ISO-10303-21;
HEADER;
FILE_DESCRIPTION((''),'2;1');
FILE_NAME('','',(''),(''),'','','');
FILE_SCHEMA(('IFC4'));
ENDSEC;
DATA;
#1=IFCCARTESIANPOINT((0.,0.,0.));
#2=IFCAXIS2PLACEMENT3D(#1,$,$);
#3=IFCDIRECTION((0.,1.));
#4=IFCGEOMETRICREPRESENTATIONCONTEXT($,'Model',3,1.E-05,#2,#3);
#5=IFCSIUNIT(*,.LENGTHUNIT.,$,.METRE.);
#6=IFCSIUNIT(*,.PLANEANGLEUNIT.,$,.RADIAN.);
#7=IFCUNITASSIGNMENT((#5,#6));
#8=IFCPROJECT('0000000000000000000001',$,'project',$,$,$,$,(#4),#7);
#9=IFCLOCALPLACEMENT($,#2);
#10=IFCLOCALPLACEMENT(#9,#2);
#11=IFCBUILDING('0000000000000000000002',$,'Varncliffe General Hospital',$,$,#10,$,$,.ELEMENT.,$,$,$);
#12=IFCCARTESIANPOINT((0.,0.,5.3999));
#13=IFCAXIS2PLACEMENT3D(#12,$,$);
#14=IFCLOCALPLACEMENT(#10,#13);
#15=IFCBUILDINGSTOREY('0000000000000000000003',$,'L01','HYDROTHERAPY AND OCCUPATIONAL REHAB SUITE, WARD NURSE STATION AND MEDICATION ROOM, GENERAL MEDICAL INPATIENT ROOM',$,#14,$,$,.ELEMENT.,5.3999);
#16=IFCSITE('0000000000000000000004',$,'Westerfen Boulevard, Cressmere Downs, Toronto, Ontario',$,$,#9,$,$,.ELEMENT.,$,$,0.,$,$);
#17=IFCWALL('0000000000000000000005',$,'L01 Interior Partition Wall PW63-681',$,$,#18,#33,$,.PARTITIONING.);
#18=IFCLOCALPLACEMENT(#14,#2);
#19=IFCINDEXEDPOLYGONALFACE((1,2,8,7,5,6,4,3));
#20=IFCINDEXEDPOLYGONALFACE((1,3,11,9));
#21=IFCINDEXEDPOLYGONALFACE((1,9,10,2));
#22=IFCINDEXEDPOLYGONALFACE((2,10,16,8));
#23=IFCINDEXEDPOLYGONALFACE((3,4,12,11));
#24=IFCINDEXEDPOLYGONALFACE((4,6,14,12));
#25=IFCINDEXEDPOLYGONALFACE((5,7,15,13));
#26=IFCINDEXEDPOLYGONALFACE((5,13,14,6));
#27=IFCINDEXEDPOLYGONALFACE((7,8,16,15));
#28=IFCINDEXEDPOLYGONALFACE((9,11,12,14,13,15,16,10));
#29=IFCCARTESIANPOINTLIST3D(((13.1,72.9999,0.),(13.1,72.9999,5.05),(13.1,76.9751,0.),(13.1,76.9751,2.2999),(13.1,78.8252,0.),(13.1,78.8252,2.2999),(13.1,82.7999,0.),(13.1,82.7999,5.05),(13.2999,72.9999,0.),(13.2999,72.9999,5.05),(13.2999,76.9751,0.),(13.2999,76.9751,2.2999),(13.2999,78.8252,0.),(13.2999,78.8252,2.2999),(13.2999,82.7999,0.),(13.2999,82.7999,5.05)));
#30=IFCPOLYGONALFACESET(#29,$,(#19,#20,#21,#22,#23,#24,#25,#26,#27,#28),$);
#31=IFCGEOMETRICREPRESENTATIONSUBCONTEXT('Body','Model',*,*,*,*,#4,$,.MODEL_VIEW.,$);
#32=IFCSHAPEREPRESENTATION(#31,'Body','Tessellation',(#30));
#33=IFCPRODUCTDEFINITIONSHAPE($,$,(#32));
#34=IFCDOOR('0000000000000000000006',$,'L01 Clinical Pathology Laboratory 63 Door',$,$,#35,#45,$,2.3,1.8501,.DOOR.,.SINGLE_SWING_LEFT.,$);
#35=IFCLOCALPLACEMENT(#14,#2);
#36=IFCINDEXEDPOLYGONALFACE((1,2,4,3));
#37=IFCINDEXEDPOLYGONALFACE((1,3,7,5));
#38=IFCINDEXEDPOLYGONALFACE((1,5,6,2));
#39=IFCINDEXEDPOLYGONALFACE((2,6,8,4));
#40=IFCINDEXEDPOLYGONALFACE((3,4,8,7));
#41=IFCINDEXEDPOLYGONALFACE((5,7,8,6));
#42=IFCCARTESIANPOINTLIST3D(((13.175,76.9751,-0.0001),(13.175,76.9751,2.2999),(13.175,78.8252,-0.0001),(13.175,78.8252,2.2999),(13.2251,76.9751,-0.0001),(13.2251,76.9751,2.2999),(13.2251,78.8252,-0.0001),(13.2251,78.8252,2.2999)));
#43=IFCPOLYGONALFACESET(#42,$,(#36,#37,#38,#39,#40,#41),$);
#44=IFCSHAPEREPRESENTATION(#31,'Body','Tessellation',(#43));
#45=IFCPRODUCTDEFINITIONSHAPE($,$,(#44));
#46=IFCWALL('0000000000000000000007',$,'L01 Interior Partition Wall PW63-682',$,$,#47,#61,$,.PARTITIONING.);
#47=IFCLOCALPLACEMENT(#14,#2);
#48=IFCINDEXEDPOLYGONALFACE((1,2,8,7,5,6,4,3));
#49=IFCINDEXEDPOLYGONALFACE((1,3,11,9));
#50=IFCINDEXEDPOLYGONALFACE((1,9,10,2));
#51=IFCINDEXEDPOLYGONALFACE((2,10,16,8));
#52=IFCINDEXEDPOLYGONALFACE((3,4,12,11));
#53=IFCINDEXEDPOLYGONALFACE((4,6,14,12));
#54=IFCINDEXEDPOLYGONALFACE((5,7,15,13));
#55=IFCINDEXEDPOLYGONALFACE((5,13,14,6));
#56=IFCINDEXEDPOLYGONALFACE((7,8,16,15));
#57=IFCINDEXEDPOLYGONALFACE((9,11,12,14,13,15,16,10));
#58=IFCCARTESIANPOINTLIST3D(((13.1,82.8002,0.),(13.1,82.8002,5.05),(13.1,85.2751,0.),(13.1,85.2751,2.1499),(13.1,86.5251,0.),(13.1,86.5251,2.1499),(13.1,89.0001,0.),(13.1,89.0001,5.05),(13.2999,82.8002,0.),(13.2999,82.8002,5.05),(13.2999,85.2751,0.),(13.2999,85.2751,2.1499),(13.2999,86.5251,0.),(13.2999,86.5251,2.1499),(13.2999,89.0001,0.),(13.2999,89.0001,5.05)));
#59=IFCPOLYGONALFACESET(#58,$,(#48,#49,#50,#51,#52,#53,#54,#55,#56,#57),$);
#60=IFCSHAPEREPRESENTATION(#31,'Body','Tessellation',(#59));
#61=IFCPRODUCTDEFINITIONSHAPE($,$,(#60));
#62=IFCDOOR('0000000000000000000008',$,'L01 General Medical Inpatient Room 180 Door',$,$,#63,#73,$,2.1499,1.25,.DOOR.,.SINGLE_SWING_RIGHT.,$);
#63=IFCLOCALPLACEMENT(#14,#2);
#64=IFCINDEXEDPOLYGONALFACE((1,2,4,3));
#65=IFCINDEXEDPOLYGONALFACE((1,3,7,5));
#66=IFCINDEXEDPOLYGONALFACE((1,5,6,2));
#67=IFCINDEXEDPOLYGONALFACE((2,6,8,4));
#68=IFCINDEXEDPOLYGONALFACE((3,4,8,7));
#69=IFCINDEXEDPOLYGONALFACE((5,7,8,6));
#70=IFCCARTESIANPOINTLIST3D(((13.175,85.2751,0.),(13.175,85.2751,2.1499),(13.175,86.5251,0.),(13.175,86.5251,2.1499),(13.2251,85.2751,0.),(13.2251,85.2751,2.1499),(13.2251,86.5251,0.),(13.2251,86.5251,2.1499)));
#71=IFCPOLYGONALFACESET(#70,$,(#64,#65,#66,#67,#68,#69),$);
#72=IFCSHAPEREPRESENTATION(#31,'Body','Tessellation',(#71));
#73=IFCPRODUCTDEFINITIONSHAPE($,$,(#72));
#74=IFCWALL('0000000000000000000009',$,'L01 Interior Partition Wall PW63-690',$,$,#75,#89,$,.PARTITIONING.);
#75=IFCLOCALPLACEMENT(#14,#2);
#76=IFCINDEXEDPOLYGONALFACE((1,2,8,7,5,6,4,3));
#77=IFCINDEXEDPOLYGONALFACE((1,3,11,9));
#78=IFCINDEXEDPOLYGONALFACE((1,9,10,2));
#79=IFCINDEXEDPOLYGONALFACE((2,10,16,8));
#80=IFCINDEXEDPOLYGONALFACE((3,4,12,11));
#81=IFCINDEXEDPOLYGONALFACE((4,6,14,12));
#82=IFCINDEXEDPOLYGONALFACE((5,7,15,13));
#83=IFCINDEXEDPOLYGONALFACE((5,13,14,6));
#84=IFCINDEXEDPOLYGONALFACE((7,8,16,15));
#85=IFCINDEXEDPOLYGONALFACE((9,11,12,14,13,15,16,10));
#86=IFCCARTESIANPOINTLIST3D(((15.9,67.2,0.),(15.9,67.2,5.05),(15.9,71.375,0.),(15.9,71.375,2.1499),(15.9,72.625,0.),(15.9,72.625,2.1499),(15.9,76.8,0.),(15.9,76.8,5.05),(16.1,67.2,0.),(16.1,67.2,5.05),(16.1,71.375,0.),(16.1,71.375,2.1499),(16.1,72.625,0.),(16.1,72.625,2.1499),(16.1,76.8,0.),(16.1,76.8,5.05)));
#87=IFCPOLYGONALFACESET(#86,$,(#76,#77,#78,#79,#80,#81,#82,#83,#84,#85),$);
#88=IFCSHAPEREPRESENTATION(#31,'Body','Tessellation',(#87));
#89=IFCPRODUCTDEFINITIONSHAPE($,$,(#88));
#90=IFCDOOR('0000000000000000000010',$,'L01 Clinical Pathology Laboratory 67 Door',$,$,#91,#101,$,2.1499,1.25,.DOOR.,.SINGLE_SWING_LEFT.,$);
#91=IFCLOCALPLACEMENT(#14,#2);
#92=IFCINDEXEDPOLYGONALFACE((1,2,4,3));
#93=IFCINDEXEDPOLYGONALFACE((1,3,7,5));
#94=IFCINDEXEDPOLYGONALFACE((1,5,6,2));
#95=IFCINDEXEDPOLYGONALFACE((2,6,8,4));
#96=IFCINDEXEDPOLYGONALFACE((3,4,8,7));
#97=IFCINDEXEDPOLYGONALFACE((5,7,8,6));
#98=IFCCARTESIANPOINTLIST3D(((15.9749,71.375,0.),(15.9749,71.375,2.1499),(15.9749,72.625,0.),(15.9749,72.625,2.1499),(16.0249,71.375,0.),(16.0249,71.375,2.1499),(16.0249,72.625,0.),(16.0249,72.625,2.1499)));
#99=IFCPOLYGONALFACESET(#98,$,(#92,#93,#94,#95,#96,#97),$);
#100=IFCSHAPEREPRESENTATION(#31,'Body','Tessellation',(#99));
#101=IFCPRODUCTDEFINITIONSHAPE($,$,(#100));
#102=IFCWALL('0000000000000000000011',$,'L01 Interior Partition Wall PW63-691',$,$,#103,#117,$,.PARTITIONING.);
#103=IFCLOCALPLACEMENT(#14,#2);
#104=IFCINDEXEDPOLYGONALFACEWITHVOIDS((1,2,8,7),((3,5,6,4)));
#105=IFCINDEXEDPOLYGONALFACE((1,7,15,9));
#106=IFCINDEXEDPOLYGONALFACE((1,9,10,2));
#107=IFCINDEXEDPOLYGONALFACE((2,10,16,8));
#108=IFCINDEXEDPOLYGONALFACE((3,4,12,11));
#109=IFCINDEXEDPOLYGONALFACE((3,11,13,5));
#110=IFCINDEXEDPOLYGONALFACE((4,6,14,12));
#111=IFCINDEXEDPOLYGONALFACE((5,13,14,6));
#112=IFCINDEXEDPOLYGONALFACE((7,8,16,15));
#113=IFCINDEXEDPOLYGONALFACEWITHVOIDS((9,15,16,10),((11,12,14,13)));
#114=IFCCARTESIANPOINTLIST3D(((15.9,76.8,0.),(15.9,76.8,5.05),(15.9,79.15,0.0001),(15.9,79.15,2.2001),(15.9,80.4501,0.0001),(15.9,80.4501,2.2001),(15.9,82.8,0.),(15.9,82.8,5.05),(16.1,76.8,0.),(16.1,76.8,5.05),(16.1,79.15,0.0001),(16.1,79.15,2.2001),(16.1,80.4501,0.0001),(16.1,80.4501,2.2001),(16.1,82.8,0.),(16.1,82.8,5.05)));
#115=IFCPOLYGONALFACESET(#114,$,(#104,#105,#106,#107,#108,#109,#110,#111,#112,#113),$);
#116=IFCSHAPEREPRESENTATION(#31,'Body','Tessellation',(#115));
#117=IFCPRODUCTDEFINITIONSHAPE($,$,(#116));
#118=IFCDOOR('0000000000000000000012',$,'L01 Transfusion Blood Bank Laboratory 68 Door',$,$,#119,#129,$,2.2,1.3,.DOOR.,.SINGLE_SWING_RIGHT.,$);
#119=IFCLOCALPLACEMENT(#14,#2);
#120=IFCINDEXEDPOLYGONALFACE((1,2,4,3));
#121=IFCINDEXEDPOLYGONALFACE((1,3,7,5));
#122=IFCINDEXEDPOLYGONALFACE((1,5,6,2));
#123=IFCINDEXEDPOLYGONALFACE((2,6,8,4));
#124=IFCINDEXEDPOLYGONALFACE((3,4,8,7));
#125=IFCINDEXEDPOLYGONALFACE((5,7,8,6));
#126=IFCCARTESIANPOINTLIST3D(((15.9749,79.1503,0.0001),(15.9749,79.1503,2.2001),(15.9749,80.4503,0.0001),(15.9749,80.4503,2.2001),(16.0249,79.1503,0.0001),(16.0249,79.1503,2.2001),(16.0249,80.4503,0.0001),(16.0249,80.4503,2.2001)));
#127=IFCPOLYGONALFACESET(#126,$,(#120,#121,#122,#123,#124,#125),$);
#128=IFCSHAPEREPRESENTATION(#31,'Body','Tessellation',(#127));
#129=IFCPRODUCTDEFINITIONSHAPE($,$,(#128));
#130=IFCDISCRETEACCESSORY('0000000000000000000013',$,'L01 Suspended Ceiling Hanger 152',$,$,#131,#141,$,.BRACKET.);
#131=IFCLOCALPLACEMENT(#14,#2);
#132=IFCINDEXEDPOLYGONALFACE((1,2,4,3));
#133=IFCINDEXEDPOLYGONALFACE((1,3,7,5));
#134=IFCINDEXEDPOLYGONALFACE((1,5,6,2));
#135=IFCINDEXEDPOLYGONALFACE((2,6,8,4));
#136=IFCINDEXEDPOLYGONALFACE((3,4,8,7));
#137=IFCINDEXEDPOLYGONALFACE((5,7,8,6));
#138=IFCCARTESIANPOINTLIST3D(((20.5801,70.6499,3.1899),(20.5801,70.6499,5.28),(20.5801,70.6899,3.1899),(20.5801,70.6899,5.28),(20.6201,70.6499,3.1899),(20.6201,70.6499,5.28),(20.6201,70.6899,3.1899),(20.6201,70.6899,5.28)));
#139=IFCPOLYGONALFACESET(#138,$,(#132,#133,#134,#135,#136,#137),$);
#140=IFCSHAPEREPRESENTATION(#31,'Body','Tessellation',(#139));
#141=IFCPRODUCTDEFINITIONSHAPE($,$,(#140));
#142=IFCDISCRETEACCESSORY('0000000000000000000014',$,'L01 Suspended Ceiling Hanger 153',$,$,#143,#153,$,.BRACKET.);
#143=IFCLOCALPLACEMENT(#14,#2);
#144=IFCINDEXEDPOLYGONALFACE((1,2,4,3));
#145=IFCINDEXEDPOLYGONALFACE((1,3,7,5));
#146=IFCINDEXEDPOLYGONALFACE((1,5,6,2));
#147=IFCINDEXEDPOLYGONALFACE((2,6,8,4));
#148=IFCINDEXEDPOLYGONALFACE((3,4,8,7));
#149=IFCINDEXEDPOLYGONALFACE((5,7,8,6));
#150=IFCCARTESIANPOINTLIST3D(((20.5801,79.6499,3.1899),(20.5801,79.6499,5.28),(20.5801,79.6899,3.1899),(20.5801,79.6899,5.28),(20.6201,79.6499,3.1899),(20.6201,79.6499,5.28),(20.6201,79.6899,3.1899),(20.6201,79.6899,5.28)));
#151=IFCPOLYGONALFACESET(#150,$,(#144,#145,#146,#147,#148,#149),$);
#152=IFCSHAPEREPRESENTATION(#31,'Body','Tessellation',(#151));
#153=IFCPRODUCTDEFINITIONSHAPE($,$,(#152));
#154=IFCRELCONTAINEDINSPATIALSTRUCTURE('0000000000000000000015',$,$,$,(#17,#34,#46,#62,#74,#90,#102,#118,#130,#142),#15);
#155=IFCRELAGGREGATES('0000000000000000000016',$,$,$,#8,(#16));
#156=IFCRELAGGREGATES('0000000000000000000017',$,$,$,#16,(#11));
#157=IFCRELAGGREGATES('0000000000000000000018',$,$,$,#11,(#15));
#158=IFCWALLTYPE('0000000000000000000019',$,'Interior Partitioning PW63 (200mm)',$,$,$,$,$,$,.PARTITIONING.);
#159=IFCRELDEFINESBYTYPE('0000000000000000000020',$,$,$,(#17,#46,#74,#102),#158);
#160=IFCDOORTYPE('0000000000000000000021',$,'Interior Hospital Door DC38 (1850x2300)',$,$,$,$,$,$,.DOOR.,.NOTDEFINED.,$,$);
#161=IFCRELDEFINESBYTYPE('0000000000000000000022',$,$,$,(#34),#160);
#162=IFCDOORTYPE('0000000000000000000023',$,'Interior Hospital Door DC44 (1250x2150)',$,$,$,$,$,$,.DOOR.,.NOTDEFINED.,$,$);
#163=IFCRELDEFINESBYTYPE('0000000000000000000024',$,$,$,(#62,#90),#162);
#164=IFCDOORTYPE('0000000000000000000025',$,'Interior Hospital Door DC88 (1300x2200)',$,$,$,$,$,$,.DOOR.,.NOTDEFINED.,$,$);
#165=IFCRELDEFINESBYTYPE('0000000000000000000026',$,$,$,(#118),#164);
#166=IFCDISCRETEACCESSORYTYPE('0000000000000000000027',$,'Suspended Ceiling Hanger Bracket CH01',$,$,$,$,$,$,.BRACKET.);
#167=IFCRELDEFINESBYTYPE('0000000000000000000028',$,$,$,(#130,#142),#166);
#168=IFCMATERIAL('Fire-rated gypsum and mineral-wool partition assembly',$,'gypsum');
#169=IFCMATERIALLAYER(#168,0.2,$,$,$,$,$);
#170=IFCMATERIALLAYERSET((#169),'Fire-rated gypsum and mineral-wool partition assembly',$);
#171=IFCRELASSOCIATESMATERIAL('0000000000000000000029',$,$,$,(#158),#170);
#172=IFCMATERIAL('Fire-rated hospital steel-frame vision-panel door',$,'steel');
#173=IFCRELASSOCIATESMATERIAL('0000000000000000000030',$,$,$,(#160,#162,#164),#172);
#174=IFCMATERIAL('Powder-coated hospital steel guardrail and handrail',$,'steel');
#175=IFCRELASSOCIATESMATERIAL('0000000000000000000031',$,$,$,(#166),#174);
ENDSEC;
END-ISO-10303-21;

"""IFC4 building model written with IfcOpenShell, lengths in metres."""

from ifc_helpers import new_model, si_unit, direction, frame, frame_2d, origin, origin_2d, place, context, subcontext, project, spatial, rectangle, extrude, material, layer, layer_set, type_object, element, fill, save


model = new_model("IFC4")

# Units and contexts
model_context = context("Model", 3, precision=1e-05, world=origin(), true_north=direction((0.0, 1.0)))
body_context = subcontext(model_context, "Body", "Model", "MODEL_VIEW")
ifc_project = project(units=[si_unit("LENGTHUNIT", "METRE"), si_unit("PLANEANGLEUNIT", "RADIAN")], contexts=[model_context])

# Site, building, storey
site_placement = place(None, origin())
site = spatial("IfcSite", under=ifc_project, at=site_placement, Name="Westerfen Boulevard, Cressmere Downs, Toronto, Ontario", CompositionType="ELEMENT", RefElevation=0.0)
building_placement = place(site_placement, origin())
building = spatial("IfcBuilding", under=site, at=building_placement, Name="Varncliffe General Hospital", CompositionType="ELEMENT")
storey_placement = place(building_placement, frame((0.0, 0.0, 5.3999)))
storey = spatial("IfcBuildingStorey", under=building, at=storey_placement, Name="L01", Description="HYDROTHERAPY AND OCCUPATIONAL REHAB SUITE, WARD NURSE STATION AND MEDICATION ROOM, GENERAL MEDICAL INPATIENT ROOM", CompositionType="ELEMENT", Elevation=5.3999)

# Walls, openings, doors
ifc_material_1 = material(Name="Fire-rated gypsum and mineral-wool partition assembly", Category="gypsum")
ifc_layer_1 = layer(ifc_material_1, 0.2)
ifc_layer_set_1 = layer_set([ifc_layer_1], Name="Fire-rated gypsum and mineral-wool partition assembly")
wall_type_1 = type_object("IfcWallType", Name="Interior Partitioning PW63 (200mm)", PredefinedType="PARTITIONING", material=ifc_layer_set_1)
wall_1_placement = place(storey_placement, frame((13.2, 73.0, 0.0), z_axis=(0.0, 0.0, 1.0), x_axis=(0.0, 1.0, 0.0)))
wall_1 = element("IfcWall", 1, at=wall_1_placement, inside=storey, type_object=wall_type_1, Name="L01 Interior Partition Wall PW63-681", PredefinedType="PARTITIONING", context=body_context, shape_type="SweptSolid", body=[
    extrude(rectangle(XDim=9.8, YDim=0.2, at=frame_2d((4.8999, 0.0))), origin(), (0.0, 0.0, 1.0), 5.05),
])
opening_1_placement = place(wall_1_placement, frame((3.9751, 0.0, 0.0)))
opening_1 = element("IfcOpeningElement", 2, at=opening_1_placement, cuts=wall_1, PredefinedType="OPENING", context=body_context, shape_type="SweptSolid", body=[
    extrude(rectangle(XDim=1.8501, YDim=2.3, at=frame_2d((0.925, 1.1499))), frame((0.0, 0.1099, 0.0), z_axis=(0.0, -1.0, 0.0), x_axis=(1.0, 0.0, 0.0)), (0.0, 0.0, 1.0), 0.22),
])
ifc_material_2 = material(Name="Fire-rated hospital steel-frame vision-panel door", Category="steel")
door_type_1 = type_object("IfcDoorType", Name="Interior Hospital Door DC38 (1850x2300)", OperationType="NOTDEFINED", PredefinedType="DOOR", material=ifc_material_2)
door_1_placement = place(opening_1_placement, origin())
door_1 = element("IfcDoor", 3, at=door_1_placement, inside=storey, type_object=door_type_1, Name="L01 Clinical Pathology Laboratory 63 Door", OperationType="SINGLE_SWING_LEFT", OverallHeight=2.3, OverallWidth=1.8501, PredefinedType="DOOR", context=body_context, shape_type="SweptSolid", body=[
    extrude(rectangle(XDim=1.8501, YDim=2.3, at=frame_2d((0.925, 1.1499))), frame((0.0, 0.0249, 0.0), z_axis=(0.0, -1.0, 0.0), x_axis=(1.0, 0.0, 0.0)), (0.0, 0.0, 1.0), 0.05),
])
fill(opening_1, door_1)
wall_2_placement = place(storey_placement, frame((13.2, 82.8, 0.0), z_axis=(0.0, 0.0, 1.0), x_axis=(0.0, 1.0, 0.0)))
wall_2 = element("IfcWall", 4, at=wall_2_placement, inside=storey, type_object=wall_type_1, Name="L01 Interior Partition Wall PW63-682", PredefinedType="PARTITIONING", context=body_context, shape_type="SweptSolid", body=[
    extrude(rectangle(XDim=6.2, YDim=0.2, at=frame_2d((3.1001, 0.0))), origin(), (0.0, 0.0, 1.0), 5.05),
])
opening_2_placement = place(wall_2_placement, frame((2.4751, 0.0, 0.0)))
opening_2 = element("IfcOpeningElement", 5, at=opening_2_placement, cuts=wall_2, PredefinedType="OPENING", context=body_context, shape_type="SweptSolid", body=[
    extrude(rectangle(XDim=1.25, YDim=2.1499, at=frame_2d((0.625, 1.075))), frame((0.0, 0.1099, 0.0), z_axis=(0.0, -1.0, 0.0), x_axis=(1.0, 0.0, 0.0)), (0.0, 0.0, 1.0), 0.22),
])
door_type_2 = type_object("IfcDoorType", Name="Interior Hospital Door DC44 (1250x2150)", OperationType="NOTDEFINED", PredefinedType="DOOR", material=ifc_material_2)
door_2_placement = place(opening_2_placement, origin())
door_2 = element("IfcDoor", 6, at=door_2_placement, inside=storey, type_object=door_type_2, Name="L01 General Medical Inpatient Room 180 Door", OperationType="SINGLE_SWING_RIGHT", OverallHeight=2.1499, OverallWidth=1.25, PredefinedType="DOOR", context=body_context, shape_type="SweptSolid", body=[
    extrude(rectangle(XDim=1.25, YDim=2.1499, at=frame_2d((0.625, 1.075))), frame((0.0, 0.0249, 0.0), z_axis=(0.0, -1.0, 0.0), x_axis=(1.0, 0.0, 0.0)), (0.0, 0.0, 1.0), 0.05),
])
fill(opening_2, door_2)
wall_3_placement = place(storey_placement, frame((16.0, 67.2, 0.0), z_axis=(0.0, 0.0, 1.0), x_axis=(0.0, 1.0, 0.0)))
wall_3 = element("IfcWall", 7, at=wall_3_placement, inside=storey, type_object=wall_type_1, Name="L01 Interior Partition Wall PW63-690", PredefinedType="PARTITIONING", context=body_context, shape_type="SweptSolid", body=[
    extrude(rectangle(XDim=9.6001, YDim=0.2, at=frame_2d((4.8, 0.0))), origin(), (0.0, 0.0, 1.0), 5.05),
])
opening_3_placement = place(wall_3_placement, frame((4.175, 0.0, 0.0)))
opening_3 = element("IfcOpeningElement", 8, at=opening_3_placement, cuts=wall_3, PredefinedType="OPENING", context=body_context, shape_type="SweptSolid", body=[
    extrude(rectangle(XDim=1.25, YDim=2.1499, at=frame_2d((0.625, 1.075))), frame((0.0, 0.1099, 0.0), z_axis=(0.0, -1.0, 0.0), x_axis=(1.0, 0.0, 0.0)), (0.0, 0.0, 1.0), 0.22),
])
door_3_placement = place(opening_3_placement, frame((1.25, 0.0, 0.0), z_axis=(0.0, 0.0, 1.0), x_axis=(-1.0, 0.0, 0.0)))
door_3 = element("IfcDoor", 9, at=door_3_placement, inside=storey, type_object=door_type_2, Name="L01 Clinical Pathology Laboratory 67 Door", OperationType="SINGLE_SWING_LEFT", OverallHeight=2.1499, OverallWidth=1.25, PredefinedType="DOOR", context=body_context, shape_type="SweptSolid", body=[
    extrude(rectangle(XDim=1.25, YDim=2.1499, at=frame_2d((0.625, 1.075))), frame((0.0, 0.0249, 0.0), z_axis=(0.0, -1.0, 0.0), x_axis=(1.0, 0.0, 0.0)), (0.0, 0.0, 1.0), 0.05),
])
fill(opening_3, door_3)
wall_4_placement = place(storey_placement, frame((16.0, 76.8, 0.0), z_axis=(0.0, 0.0, 1.0), x_axis=(0.0, 1.0, 0.0)))
wall_4 = element("IfcWall", 10, at=wall_4_placement, inside=storey, type_object=wall_type_1, Name="L01 Interior Partition Wall PW63-691", PredefinedType="PARTITIONING", context=body_context, shape_type="SweptSolid", body=[
    extrude(rectangle(XDim=6.0, YDim=0.2, at=frame_2d((3.0, 0.0))), origin(), (0.0, 0.0, 1.0), 5.05),
])
opening_4_placement = place(wall_4_placement, frame((2.3501, 0.0, 0.0)))
opening_4 = element("IfcOpeningElement", 11, at=opening_4_placement, cuts=wall_4, PredefinedType="OPENING", context=body_context, shape_type="SweptSolid", body=[
    extrude(rectangle(XDim=1.3, YDim=2.2, at=frame_2d((0.6499, 1.1001))), frame((0.0, 0.1099, 0.0), z_axis=(0.0, -1.0, 0.0), x_axis=(1.0, 0.0, 0.0)), (0.0, 0.0, 1.0), 0.22),
])
door_type_3 = type_object("IfcDoorType", Name="Interior Hospital Door DC88 (1300x2200)", OperationType="NOTDEFINED", PredefinedType="DOOR", material=ifc_material_2)
door_4_placement = place(opening_4_placement, frame((1.3, 0.0, 0.0), z_axis=(0.0, 0.0, 1.0), x_axis=(-1.0, 0.0, 0.0)))
door_4 = element("IfcDoor", 12, at=door_4_placement, inside=storey, type_object=door_type_3, Name="L01 Transfusion Blood Bank Laboratory 68 Door", OperationType="SINGLE_SWING_RIGHT", OverallHeight=2.2, OverallWidth=1.3, PredefinedType="DOOR", context=body_context, shape_type="SweptSolid", body=[
    extrude(rectangle(XDim=1.3, YDim=2.2, at=frame_2d((0.6499, 1.1001))), frame((0.0, 0.0249, 0.0), z_axis=(0.0, -1.0, 0.0), x_axis=(1.0, 0.0, 0.0)), (0.0, 0.0, 1.0), 0.05),
])
fill(opening_4, door_4)

# Discrete accessories
ifc_material_3 = material(Name="Powder-coated hospital steel guardrail and handrail", Category="steel")
discrete_accessory_type = type_object("IfcDiscreteAccessoryType", Name="Suspended Ceiling Hanger Bracket CH01", PredefinedType="BRACKET", material=ifc_material_3)
for number, where, z_axis, x_axis, name in (
    (13, (20.6001, 70.6699, 3.1899), (0.0, 0.0, 1.0), (1.0, 0.0, 0.0), "L01 Suspended Ceiling Hanger 152"),
    (14, (20.6001, 79.6699, 3.1899), (0.0, 0.0, 1.0), (1.0, 0.0, 0.0), "L01 Suspended Ceiling Hanger 153"),
):
    element("IfcDiscreteAccessory", number, at=place(storey_placement, frame(where, z_axis=z_axis, x_axis=x_axis)), inside=storey, type_object=discrete_accessory_type, Name=name, PredefinedType="BRACKET", context=body_context, shape_type="SweptSolid", body=[
        extrude(rectangle(XDim=0.04, YDim=0.04, at=origin_2d()), origin(), (0.0, 0.0, 1.0), 2.0901),
    ])

save(model, "model.ifc")
